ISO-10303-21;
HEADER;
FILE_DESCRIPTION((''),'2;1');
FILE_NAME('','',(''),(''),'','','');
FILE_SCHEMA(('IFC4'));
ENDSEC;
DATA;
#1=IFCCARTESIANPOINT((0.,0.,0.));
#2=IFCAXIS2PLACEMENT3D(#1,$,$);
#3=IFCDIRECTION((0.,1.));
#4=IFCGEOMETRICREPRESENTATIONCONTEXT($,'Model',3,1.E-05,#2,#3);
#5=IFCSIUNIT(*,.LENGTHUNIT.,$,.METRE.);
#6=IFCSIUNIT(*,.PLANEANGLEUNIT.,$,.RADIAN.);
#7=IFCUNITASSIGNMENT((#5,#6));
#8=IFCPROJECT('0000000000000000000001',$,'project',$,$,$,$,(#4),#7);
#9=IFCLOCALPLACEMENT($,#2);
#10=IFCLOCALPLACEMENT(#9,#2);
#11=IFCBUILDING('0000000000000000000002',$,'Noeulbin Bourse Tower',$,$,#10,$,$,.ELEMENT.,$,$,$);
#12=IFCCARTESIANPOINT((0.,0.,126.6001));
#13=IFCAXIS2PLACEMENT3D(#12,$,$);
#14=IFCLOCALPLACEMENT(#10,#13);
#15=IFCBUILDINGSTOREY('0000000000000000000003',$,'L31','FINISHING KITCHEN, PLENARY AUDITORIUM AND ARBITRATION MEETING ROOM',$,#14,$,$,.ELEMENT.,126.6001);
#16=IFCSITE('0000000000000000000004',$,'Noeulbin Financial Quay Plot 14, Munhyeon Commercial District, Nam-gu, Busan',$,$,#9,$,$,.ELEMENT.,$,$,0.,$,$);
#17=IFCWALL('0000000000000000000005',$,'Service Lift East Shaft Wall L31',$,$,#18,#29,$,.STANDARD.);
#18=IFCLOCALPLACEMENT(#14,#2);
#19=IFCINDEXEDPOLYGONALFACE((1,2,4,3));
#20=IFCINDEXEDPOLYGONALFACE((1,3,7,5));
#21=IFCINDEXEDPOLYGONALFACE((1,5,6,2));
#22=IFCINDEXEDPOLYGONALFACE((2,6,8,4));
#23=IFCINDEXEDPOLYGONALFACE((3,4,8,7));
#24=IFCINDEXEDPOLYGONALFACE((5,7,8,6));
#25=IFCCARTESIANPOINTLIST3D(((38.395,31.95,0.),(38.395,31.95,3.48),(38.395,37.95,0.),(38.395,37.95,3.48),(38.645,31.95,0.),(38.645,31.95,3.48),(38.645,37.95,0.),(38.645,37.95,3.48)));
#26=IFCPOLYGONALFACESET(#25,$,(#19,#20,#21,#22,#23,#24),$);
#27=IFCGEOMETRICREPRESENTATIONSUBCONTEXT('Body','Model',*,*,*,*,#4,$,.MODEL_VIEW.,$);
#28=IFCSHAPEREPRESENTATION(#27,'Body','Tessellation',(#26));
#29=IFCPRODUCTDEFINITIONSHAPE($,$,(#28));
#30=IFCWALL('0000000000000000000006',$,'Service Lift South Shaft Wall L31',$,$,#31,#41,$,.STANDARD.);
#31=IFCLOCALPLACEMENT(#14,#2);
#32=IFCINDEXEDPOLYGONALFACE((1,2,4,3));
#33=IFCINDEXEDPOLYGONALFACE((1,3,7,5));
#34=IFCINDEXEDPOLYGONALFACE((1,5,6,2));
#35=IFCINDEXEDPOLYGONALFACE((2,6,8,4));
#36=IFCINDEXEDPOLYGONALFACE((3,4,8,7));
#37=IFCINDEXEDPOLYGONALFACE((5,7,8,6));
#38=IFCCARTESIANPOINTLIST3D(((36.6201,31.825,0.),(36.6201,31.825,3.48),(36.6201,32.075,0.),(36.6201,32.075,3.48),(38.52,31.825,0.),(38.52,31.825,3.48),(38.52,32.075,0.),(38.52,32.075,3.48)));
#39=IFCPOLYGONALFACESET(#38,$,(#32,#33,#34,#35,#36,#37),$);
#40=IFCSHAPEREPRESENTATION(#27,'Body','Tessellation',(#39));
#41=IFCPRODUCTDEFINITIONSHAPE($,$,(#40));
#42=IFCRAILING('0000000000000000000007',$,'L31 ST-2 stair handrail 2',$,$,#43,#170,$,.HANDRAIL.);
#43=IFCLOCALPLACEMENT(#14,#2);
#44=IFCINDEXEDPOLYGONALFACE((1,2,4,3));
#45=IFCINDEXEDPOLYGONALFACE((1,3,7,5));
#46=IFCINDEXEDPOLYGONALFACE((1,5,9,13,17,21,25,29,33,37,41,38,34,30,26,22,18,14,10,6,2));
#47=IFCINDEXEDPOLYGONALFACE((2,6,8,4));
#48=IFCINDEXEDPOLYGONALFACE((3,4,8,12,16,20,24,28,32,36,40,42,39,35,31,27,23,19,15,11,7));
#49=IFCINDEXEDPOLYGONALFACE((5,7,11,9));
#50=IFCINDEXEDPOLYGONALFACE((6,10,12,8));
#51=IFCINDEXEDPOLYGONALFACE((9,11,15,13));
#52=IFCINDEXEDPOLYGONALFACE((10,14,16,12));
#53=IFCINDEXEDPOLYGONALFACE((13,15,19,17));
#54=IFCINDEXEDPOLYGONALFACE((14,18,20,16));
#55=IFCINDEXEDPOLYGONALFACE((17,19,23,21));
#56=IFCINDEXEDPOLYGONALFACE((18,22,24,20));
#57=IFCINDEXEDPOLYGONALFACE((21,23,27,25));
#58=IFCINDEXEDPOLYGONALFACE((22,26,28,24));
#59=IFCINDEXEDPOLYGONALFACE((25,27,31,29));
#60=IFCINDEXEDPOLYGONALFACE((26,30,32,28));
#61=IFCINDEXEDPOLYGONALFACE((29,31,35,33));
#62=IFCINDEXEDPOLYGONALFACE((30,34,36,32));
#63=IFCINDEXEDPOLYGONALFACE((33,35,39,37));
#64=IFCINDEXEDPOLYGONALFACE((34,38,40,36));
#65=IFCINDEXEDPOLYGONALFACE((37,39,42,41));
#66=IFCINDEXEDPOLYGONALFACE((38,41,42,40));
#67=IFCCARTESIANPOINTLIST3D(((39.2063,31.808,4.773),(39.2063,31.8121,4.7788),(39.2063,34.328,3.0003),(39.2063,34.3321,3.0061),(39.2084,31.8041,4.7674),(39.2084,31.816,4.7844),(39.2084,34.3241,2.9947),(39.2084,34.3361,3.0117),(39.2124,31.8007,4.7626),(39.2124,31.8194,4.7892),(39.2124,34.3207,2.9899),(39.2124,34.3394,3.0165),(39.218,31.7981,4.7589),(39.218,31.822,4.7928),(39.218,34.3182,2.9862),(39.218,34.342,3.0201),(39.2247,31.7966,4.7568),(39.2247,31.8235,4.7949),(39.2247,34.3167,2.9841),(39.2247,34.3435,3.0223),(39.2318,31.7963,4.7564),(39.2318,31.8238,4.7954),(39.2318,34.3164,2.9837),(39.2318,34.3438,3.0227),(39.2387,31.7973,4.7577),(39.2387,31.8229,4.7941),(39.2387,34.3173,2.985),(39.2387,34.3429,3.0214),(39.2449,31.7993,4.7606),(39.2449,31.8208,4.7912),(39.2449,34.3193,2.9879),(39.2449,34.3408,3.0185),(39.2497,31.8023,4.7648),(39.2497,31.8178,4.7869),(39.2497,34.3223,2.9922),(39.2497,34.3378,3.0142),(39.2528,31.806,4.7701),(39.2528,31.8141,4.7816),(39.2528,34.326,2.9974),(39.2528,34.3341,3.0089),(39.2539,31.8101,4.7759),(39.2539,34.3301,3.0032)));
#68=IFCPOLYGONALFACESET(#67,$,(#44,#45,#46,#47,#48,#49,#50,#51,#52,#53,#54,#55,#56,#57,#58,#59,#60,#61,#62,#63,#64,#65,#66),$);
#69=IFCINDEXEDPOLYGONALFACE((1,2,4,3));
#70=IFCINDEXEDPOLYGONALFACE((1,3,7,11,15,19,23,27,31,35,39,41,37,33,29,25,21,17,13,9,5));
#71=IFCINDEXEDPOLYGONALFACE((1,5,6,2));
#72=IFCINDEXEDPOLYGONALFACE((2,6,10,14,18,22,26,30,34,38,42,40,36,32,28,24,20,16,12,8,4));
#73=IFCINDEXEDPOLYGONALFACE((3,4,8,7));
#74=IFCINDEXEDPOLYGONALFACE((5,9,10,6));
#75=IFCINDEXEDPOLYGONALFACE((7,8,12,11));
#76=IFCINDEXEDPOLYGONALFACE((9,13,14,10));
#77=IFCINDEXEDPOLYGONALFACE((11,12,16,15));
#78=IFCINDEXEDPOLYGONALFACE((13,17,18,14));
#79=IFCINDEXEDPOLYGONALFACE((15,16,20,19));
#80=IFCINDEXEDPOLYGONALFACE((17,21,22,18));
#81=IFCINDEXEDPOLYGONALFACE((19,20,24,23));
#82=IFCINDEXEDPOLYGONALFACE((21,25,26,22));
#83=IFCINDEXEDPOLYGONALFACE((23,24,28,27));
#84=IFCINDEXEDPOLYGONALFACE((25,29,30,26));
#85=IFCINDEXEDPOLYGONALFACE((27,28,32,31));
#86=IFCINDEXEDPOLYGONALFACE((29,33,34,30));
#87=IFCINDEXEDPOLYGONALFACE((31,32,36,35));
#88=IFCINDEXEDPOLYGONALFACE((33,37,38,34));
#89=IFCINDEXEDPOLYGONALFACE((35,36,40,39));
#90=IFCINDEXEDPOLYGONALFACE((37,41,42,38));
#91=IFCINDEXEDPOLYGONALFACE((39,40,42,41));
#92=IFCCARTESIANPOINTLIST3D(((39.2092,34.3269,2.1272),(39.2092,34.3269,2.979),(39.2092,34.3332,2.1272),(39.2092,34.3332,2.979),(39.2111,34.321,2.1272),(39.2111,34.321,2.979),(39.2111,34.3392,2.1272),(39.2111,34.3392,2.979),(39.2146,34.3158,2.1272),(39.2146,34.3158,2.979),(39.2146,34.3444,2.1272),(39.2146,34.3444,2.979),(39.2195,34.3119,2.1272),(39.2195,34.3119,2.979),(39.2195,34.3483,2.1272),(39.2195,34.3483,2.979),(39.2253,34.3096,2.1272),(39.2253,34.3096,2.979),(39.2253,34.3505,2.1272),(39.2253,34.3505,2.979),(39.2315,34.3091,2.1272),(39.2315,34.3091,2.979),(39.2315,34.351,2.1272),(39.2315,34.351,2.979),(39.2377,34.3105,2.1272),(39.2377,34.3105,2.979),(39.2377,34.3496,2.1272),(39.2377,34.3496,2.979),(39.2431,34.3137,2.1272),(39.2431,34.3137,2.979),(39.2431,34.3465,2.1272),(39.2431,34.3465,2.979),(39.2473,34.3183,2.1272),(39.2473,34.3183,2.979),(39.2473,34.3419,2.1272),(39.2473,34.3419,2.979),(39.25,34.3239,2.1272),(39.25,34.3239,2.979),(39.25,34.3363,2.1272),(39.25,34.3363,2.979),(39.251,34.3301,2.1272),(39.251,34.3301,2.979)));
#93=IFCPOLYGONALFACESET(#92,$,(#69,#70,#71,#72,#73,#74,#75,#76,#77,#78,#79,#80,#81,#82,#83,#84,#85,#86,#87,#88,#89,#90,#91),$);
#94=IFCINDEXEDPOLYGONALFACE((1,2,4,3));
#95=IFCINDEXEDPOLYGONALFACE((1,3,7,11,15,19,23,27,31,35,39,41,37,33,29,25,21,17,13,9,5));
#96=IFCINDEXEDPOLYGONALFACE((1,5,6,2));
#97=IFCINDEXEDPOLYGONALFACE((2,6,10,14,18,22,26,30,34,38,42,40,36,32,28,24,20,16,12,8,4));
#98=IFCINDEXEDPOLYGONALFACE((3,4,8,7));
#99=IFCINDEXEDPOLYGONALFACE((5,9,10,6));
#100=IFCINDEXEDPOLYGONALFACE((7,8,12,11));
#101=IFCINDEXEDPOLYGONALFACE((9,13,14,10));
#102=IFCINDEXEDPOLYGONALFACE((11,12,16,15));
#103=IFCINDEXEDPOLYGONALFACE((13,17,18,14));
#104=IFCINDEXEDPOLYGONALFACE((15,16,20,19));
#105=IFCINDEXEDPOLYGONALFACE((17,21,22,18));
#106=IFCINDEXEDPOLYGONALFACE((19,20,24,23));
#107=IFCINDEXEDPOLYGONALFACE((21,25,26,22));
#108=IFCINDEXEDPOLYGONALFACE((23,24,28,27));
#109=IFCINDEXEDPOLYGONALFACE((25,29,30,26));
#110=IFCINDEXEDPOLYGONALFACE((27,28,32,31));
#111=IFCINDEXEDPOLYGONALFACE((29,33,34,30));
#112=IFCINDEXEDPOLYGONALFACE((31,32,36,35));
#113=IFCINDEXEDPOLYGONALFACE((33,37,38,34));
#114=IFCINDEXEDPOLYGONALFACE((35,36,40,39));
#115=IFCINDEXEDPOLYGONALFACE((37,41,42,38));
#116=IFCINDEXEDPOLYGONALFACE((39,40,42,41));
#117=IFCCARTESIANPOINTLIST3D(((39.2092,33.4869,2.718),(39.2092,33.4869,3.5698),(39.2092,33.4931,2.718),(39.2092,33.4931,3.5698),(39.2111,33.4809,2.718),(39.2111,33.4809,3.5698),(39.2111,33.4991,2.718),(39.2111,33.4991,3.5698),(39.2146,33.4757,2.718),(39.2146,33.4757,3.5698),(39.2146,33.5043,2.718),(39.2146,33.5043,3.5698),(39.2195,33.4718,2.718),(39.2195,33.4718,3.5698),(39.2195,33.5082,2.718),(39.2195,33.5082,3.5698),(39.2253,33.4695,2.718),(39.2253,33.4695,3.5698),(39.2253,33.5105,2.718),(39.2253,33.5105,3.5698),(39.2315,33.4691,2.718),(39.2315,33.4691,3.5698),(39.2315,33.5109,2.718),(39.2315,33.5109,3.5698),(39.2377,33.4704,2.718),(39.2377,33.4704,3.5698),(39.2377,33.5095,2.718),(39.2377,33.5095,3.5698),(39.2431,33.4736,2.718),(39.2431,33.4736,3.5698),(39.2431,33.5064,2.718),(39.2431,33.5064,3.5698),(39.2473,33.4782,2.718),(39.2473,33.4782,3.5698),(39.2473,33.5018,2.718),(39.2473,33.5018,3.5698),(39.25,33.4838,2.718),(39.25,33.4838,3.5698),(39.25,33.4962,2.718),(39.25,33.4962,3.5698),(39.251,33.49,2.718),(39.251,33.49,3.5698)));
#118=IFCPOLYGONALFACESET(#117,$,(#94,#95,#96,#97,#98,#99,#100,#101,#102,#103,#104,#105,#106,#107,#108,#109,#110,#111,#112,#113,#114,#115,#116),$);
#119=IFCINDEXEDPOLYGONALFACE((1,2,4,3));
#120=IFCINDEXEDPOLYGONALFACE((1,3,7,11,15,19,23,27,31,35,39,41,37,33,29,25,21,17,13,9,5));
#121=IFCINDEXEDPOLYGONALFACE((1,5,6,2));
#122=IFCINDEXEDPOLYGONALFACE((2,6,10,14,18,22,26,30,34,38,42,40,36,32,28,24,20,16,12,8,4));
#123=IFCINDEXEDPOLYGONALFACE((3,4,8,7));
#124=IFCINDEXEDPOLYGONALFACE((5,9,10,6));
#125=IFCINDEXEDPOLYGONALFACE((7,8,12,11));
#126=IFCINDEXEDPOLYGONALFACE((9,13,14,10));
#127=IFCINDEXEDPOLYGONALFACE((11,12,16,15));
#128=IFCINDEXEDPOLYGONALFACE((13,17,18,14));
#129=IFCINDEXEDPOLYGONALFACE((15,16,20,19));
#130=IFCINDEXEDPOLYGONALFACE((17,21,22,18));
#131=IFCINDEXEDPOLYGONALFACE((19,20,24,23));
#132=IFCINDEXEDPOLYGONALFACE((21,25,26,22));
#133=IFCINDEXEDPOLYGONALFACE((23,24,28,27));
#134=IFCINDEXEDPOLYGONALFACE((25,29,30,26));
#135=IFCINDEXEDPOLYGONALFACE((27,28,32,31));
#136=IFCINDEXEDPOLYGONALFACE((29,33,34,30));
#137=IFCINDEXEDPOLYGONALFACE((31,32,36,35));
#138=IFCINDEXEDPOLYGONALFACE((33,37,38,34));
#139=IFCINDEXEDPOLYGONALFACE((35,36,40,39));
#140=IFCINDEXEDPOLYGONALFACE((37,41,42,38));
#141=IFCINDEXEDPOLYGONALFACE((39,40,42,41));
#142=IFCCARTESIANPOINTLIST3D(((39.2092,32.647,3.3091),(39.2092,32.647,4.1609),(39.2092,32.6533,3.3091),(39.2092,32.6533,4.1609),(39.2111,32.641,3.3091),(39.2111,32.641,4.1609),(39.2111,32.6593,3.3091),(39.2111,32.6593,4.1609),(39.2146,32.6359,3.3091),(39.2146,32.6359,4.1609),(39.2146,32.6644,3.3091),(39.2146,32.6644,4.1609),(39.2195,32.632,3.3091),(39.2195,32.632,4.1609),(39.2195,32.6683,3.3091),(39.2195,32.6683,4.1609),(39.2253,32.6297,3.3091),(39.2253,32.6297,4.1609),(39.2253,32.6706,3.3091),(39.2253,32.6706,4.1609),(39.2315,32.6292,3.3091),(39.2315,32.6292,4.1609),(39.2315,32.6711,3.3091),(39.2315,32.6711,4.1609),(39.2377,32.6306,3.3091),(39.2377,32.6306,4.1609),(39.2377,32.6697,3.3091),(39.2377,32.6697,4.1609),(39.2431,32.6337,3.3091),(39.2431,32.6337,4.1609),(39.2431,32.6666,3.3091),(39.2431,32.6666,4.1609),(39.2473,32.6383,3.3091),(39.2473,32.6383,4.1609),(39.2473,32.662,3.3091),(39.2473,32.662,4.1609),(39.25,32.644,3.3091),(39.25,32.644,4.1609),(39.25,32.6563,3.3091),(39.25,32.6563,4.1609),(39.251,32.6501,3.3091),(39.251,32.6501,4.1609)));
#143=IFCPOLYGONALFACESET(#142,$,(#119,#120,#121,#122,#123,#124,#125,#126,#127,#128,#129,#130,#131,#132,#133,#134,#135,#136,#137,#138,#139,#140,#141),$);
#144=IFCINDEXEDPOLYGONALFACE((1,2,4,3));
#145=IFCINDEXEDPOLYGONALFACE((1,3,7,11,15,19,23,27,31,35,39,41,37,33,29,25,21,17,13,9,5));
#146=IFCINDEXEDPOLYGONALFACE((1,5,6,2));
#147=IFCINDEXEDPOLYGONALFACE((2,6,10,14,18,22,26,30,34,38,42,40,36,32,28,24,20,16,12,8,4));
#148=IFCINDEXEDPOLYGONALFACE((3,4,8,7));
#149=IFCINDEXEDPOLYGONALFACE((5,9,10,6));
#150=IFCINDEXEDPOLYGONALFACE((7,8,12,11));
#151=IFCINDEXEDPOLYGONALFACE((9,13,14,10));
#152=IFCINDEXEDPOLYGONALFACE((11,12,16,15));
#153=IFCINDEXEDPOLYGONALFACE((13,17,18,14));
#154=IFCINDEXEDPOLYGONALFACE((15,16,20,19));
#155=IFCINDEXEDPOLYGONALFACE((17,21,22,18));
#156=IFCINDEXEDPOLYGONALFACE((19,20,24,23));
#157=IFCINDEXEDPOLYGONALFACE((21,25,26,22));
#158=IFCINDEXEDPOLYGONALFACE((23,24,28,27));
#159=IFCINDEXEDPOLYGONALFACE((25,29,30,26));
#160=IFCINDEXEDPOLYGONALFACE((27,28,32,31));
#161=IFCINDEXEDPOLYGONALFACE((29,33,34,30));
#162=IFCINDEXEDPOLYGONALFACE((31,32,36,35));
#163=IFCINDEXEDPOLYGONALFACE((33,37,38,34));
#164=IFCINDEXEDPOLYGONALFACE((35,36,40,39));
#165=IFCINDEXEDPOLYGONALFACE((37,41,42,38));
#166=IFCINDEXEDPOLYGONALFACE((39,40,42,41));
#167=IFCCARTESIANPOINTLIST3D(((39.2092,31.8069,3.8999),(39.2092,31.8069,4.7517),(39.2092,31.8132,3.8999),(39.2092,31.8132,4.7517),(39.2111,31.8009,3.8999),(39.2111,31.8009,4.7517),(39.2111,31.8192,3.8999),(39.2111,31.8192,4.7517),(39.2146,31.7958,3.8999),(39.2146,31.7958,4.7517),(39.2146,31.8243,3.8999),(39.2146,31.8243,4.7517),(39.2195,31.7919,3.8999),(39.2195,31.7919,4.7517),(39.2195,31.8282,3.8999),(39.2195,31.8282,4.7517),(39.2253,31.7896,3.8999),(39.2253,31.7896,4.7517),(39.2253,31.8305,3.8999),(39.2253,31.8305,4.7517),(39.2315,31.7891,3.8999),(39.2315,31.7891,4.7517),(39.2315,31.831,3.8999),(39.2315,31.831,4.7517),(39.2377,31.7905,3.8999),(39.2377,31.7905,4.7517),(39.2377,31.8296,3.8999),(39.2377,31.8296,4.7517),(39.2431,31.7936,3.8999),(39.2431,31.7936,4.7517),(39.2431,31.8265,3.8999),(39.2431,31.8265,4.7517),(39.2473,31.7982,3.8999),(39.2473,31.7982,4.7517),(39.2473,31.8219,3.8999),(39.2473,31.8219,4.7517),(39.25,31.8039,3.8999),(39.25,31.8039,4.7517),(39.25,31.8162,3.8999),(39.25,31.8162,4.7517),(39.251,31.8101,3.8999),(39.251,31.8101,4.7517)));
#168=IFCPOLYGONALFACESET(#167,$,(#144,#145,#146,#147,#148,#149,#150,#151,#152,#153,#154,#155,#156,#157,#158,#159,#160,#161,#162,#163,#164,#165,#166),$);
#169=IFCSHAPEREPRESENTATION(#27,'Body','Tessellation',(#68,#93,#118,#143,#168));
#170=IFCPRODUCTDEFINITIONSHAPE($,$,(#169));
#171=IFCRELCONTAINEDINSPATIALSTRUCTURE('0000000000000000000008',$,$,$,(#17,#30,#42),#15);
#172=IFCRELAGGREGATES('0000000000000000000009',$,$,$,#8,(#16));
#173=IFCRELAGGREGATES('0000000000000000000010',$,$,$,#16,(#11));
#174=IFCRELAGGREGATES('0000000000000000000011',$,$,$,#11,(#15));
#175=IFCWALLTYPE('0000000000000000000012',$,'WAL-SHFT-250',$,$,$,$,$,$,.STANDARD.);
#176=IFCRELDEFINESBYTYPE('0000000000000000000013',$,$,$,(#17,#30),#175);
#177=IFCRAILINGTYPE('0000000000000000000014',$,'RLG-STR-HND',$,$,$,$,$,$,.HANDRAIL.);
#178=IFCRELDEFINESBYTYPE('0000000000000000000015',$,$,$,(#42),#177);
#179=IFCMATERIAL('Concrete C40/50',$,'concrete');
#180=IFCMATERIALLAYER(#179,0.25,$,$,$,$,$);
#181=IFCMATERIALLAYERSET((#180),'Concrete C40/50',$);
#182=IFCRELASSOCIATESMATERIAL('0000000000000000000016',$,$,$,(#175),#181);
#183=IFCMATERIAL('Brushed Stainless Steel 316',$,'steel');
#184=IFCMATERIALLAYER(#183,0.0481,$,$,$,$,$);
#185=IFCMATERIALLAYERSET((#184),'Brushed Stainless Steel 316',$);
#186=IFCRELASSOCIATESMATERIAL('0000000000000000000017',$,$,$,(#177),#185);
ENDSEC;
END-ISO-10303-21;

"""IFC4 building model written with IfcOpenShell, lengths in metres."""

from ifc_helpers import new_model, si_unit, direction, frame, frame_2d, origin, origin_2d, place, context, subcontext, project, spatial, rectangle, circle, extrude, material, layer, layer_set, type_object, element, save


model = new_model("IFC4")

# Units and contexts
model_context = context("Model", 3, precision=1e-05, world=origin(), true_north=direction((0.0, 1.0)))
body_context = subcontext(model_context, "Body", "Model", "MODEL_VIEW")
ifc_project = project(units=[si_unit("LENGTHUNIT", "METRE"), si_unit("PLANEANGLEUNIT", "RADIAN")], contexts=[model_context])

# Site, building, storey
site_placement = place(None, origin())
site = spatial("IfcSite", under=ifc_project, at=site_placement, Name="Noeulbin Financial Quay Plot 14, Munhyeon Commercial District, Nam-gu, Busan", CompositionType="ELEMENT", RefElevation=0.0)
building_placement = place(site_placement, origin())
building = spatial("IfcBuilding", under=site, at=building_placement, Name="Noeulbin Bourse Tower", CompositionType="ELEMENT")
storey_placement = place(building_placement, frame((0.0, 0.0, 126.6001)))
storey = spatial("IfcBuildingStorey", under=building, at=storey_placement, Name="L31", Description="FINISHING KITCHEN, PLENARY AUDITORIUM AND ARBITRATION MEETING ROOM", CompositionType="ELEMENT", Elevation=126.6001)

# Shared definitions
ifc_material_1 = material(Name="Concrete C40/50", Category="concrete")

# Shared definitions
ifc_layer_1 = layer(ifc_material_1, 0.25)
ifc_layer_set_1 = layer_set([ifc_layer_1], Name="Concrete C40/50")
wall_type_1 = type_object("IfcWallType", Name="WAL-SHFT-250", PredefinedType="STANDARD", material=ifc_layer_set_1)

# Shared definitions
ifc_material_2 = material(Name="Brushed Stainless Steel 316", Category="steel")

# Walls
wall_1_placement = place(storey_placement, frame((38.52, 31.95, 0.0), z_axis=(0.0, 0.0, 1.0), x_axis=(0.0, 1.0, 0.0)))
element("IfcWall", 1, at=wall_1_placement, inside=storey, type_object=wall_type_1, Name="Service Lift East Shaft Wall L31", PredefinedType="STANDARD", context=body_context, shape_type="SweptSolid", body=[
    extrude(rectangle(XDim=6.0, YDim=0.25, at=frame_2d((3.0, 0.0))), origin(), (0.0, 0.0, 1.0), 3.48),
])
wall_2_placement = place(storey_placement, frame((36.6201, 31.95, 0.0), z_axis=(0.0, 0.0, 1.0), x_axis=(1.0, 0.0, 0.0)))
element("IfcWall", 2, at=wall_2_placement, inside=storey, type_object=wall_type_1, Name="Service Lift South Shaft Wall L31", PredefinedType="STANDARD", context=body_context, shape_type="SweptSolid", body=[
    extrude(rectangle(XDim=1.8999, YDim=0.25, at=frame_2d((0.95, 0.0))), origin(), (0.0, 0.0, 1.0), 3.48),
])

# Railing
ifc_layer_2 = layer(ifc_material_2, 0.0481)
ifc_layer_set_2 = layer_set([ifc_layer_2], Name="Brushed Stainless Steel 316")
railing_type = type_object("IfcRailingType", Name="RLG-STR-HND", PredefinedType="HANDRAIL", material=ifc_layer_set_2)
railing_placement = place(storey_placement, frame((39.23, 34.3301, 2.1272)))
element("IfcRailing", 3, at=railing_placement, inside=storey, type_object=railing_type, Name="L31 ST-2 stair handrail 2", PredefinedType="HANDRAIL", context=body_context, shape_type="SweptSolid", body=[
    extrude(circle(Radius=0.0239, at=origin_2d()), frame((0.0, 0.0, 0.876), z_axis=(0.0, -0.817904, 0.575354), x_axis=(1.0, 0.0, 0.0)), (0.0, 0.0, 1.0), 3.0811),
    extrude(circle(Radius=0.021, at=origin_2d()), origin(), (0.0, 0.0, 1.0), 0.8518),
    extrude(circle(Radius=0.021, at=origin_2d()), frame((0.0, -0.8401, 0.5908)), (0.0, 0.0, 1.0), 0.8518),
    extrude(circle(Radius=0.021, at=origin_2d()), frame((0.0, -1.6799, 1.1819)), (0.0, 0.0, 1.0), 0.8518),
    extrude(circle(Radius=0.021, at=origin_2d()), frame((0.0, -2.52, 1.7727)), (0.0, 0.0, 1.0), 0.8518),
])

save(model, "model.ifc")
